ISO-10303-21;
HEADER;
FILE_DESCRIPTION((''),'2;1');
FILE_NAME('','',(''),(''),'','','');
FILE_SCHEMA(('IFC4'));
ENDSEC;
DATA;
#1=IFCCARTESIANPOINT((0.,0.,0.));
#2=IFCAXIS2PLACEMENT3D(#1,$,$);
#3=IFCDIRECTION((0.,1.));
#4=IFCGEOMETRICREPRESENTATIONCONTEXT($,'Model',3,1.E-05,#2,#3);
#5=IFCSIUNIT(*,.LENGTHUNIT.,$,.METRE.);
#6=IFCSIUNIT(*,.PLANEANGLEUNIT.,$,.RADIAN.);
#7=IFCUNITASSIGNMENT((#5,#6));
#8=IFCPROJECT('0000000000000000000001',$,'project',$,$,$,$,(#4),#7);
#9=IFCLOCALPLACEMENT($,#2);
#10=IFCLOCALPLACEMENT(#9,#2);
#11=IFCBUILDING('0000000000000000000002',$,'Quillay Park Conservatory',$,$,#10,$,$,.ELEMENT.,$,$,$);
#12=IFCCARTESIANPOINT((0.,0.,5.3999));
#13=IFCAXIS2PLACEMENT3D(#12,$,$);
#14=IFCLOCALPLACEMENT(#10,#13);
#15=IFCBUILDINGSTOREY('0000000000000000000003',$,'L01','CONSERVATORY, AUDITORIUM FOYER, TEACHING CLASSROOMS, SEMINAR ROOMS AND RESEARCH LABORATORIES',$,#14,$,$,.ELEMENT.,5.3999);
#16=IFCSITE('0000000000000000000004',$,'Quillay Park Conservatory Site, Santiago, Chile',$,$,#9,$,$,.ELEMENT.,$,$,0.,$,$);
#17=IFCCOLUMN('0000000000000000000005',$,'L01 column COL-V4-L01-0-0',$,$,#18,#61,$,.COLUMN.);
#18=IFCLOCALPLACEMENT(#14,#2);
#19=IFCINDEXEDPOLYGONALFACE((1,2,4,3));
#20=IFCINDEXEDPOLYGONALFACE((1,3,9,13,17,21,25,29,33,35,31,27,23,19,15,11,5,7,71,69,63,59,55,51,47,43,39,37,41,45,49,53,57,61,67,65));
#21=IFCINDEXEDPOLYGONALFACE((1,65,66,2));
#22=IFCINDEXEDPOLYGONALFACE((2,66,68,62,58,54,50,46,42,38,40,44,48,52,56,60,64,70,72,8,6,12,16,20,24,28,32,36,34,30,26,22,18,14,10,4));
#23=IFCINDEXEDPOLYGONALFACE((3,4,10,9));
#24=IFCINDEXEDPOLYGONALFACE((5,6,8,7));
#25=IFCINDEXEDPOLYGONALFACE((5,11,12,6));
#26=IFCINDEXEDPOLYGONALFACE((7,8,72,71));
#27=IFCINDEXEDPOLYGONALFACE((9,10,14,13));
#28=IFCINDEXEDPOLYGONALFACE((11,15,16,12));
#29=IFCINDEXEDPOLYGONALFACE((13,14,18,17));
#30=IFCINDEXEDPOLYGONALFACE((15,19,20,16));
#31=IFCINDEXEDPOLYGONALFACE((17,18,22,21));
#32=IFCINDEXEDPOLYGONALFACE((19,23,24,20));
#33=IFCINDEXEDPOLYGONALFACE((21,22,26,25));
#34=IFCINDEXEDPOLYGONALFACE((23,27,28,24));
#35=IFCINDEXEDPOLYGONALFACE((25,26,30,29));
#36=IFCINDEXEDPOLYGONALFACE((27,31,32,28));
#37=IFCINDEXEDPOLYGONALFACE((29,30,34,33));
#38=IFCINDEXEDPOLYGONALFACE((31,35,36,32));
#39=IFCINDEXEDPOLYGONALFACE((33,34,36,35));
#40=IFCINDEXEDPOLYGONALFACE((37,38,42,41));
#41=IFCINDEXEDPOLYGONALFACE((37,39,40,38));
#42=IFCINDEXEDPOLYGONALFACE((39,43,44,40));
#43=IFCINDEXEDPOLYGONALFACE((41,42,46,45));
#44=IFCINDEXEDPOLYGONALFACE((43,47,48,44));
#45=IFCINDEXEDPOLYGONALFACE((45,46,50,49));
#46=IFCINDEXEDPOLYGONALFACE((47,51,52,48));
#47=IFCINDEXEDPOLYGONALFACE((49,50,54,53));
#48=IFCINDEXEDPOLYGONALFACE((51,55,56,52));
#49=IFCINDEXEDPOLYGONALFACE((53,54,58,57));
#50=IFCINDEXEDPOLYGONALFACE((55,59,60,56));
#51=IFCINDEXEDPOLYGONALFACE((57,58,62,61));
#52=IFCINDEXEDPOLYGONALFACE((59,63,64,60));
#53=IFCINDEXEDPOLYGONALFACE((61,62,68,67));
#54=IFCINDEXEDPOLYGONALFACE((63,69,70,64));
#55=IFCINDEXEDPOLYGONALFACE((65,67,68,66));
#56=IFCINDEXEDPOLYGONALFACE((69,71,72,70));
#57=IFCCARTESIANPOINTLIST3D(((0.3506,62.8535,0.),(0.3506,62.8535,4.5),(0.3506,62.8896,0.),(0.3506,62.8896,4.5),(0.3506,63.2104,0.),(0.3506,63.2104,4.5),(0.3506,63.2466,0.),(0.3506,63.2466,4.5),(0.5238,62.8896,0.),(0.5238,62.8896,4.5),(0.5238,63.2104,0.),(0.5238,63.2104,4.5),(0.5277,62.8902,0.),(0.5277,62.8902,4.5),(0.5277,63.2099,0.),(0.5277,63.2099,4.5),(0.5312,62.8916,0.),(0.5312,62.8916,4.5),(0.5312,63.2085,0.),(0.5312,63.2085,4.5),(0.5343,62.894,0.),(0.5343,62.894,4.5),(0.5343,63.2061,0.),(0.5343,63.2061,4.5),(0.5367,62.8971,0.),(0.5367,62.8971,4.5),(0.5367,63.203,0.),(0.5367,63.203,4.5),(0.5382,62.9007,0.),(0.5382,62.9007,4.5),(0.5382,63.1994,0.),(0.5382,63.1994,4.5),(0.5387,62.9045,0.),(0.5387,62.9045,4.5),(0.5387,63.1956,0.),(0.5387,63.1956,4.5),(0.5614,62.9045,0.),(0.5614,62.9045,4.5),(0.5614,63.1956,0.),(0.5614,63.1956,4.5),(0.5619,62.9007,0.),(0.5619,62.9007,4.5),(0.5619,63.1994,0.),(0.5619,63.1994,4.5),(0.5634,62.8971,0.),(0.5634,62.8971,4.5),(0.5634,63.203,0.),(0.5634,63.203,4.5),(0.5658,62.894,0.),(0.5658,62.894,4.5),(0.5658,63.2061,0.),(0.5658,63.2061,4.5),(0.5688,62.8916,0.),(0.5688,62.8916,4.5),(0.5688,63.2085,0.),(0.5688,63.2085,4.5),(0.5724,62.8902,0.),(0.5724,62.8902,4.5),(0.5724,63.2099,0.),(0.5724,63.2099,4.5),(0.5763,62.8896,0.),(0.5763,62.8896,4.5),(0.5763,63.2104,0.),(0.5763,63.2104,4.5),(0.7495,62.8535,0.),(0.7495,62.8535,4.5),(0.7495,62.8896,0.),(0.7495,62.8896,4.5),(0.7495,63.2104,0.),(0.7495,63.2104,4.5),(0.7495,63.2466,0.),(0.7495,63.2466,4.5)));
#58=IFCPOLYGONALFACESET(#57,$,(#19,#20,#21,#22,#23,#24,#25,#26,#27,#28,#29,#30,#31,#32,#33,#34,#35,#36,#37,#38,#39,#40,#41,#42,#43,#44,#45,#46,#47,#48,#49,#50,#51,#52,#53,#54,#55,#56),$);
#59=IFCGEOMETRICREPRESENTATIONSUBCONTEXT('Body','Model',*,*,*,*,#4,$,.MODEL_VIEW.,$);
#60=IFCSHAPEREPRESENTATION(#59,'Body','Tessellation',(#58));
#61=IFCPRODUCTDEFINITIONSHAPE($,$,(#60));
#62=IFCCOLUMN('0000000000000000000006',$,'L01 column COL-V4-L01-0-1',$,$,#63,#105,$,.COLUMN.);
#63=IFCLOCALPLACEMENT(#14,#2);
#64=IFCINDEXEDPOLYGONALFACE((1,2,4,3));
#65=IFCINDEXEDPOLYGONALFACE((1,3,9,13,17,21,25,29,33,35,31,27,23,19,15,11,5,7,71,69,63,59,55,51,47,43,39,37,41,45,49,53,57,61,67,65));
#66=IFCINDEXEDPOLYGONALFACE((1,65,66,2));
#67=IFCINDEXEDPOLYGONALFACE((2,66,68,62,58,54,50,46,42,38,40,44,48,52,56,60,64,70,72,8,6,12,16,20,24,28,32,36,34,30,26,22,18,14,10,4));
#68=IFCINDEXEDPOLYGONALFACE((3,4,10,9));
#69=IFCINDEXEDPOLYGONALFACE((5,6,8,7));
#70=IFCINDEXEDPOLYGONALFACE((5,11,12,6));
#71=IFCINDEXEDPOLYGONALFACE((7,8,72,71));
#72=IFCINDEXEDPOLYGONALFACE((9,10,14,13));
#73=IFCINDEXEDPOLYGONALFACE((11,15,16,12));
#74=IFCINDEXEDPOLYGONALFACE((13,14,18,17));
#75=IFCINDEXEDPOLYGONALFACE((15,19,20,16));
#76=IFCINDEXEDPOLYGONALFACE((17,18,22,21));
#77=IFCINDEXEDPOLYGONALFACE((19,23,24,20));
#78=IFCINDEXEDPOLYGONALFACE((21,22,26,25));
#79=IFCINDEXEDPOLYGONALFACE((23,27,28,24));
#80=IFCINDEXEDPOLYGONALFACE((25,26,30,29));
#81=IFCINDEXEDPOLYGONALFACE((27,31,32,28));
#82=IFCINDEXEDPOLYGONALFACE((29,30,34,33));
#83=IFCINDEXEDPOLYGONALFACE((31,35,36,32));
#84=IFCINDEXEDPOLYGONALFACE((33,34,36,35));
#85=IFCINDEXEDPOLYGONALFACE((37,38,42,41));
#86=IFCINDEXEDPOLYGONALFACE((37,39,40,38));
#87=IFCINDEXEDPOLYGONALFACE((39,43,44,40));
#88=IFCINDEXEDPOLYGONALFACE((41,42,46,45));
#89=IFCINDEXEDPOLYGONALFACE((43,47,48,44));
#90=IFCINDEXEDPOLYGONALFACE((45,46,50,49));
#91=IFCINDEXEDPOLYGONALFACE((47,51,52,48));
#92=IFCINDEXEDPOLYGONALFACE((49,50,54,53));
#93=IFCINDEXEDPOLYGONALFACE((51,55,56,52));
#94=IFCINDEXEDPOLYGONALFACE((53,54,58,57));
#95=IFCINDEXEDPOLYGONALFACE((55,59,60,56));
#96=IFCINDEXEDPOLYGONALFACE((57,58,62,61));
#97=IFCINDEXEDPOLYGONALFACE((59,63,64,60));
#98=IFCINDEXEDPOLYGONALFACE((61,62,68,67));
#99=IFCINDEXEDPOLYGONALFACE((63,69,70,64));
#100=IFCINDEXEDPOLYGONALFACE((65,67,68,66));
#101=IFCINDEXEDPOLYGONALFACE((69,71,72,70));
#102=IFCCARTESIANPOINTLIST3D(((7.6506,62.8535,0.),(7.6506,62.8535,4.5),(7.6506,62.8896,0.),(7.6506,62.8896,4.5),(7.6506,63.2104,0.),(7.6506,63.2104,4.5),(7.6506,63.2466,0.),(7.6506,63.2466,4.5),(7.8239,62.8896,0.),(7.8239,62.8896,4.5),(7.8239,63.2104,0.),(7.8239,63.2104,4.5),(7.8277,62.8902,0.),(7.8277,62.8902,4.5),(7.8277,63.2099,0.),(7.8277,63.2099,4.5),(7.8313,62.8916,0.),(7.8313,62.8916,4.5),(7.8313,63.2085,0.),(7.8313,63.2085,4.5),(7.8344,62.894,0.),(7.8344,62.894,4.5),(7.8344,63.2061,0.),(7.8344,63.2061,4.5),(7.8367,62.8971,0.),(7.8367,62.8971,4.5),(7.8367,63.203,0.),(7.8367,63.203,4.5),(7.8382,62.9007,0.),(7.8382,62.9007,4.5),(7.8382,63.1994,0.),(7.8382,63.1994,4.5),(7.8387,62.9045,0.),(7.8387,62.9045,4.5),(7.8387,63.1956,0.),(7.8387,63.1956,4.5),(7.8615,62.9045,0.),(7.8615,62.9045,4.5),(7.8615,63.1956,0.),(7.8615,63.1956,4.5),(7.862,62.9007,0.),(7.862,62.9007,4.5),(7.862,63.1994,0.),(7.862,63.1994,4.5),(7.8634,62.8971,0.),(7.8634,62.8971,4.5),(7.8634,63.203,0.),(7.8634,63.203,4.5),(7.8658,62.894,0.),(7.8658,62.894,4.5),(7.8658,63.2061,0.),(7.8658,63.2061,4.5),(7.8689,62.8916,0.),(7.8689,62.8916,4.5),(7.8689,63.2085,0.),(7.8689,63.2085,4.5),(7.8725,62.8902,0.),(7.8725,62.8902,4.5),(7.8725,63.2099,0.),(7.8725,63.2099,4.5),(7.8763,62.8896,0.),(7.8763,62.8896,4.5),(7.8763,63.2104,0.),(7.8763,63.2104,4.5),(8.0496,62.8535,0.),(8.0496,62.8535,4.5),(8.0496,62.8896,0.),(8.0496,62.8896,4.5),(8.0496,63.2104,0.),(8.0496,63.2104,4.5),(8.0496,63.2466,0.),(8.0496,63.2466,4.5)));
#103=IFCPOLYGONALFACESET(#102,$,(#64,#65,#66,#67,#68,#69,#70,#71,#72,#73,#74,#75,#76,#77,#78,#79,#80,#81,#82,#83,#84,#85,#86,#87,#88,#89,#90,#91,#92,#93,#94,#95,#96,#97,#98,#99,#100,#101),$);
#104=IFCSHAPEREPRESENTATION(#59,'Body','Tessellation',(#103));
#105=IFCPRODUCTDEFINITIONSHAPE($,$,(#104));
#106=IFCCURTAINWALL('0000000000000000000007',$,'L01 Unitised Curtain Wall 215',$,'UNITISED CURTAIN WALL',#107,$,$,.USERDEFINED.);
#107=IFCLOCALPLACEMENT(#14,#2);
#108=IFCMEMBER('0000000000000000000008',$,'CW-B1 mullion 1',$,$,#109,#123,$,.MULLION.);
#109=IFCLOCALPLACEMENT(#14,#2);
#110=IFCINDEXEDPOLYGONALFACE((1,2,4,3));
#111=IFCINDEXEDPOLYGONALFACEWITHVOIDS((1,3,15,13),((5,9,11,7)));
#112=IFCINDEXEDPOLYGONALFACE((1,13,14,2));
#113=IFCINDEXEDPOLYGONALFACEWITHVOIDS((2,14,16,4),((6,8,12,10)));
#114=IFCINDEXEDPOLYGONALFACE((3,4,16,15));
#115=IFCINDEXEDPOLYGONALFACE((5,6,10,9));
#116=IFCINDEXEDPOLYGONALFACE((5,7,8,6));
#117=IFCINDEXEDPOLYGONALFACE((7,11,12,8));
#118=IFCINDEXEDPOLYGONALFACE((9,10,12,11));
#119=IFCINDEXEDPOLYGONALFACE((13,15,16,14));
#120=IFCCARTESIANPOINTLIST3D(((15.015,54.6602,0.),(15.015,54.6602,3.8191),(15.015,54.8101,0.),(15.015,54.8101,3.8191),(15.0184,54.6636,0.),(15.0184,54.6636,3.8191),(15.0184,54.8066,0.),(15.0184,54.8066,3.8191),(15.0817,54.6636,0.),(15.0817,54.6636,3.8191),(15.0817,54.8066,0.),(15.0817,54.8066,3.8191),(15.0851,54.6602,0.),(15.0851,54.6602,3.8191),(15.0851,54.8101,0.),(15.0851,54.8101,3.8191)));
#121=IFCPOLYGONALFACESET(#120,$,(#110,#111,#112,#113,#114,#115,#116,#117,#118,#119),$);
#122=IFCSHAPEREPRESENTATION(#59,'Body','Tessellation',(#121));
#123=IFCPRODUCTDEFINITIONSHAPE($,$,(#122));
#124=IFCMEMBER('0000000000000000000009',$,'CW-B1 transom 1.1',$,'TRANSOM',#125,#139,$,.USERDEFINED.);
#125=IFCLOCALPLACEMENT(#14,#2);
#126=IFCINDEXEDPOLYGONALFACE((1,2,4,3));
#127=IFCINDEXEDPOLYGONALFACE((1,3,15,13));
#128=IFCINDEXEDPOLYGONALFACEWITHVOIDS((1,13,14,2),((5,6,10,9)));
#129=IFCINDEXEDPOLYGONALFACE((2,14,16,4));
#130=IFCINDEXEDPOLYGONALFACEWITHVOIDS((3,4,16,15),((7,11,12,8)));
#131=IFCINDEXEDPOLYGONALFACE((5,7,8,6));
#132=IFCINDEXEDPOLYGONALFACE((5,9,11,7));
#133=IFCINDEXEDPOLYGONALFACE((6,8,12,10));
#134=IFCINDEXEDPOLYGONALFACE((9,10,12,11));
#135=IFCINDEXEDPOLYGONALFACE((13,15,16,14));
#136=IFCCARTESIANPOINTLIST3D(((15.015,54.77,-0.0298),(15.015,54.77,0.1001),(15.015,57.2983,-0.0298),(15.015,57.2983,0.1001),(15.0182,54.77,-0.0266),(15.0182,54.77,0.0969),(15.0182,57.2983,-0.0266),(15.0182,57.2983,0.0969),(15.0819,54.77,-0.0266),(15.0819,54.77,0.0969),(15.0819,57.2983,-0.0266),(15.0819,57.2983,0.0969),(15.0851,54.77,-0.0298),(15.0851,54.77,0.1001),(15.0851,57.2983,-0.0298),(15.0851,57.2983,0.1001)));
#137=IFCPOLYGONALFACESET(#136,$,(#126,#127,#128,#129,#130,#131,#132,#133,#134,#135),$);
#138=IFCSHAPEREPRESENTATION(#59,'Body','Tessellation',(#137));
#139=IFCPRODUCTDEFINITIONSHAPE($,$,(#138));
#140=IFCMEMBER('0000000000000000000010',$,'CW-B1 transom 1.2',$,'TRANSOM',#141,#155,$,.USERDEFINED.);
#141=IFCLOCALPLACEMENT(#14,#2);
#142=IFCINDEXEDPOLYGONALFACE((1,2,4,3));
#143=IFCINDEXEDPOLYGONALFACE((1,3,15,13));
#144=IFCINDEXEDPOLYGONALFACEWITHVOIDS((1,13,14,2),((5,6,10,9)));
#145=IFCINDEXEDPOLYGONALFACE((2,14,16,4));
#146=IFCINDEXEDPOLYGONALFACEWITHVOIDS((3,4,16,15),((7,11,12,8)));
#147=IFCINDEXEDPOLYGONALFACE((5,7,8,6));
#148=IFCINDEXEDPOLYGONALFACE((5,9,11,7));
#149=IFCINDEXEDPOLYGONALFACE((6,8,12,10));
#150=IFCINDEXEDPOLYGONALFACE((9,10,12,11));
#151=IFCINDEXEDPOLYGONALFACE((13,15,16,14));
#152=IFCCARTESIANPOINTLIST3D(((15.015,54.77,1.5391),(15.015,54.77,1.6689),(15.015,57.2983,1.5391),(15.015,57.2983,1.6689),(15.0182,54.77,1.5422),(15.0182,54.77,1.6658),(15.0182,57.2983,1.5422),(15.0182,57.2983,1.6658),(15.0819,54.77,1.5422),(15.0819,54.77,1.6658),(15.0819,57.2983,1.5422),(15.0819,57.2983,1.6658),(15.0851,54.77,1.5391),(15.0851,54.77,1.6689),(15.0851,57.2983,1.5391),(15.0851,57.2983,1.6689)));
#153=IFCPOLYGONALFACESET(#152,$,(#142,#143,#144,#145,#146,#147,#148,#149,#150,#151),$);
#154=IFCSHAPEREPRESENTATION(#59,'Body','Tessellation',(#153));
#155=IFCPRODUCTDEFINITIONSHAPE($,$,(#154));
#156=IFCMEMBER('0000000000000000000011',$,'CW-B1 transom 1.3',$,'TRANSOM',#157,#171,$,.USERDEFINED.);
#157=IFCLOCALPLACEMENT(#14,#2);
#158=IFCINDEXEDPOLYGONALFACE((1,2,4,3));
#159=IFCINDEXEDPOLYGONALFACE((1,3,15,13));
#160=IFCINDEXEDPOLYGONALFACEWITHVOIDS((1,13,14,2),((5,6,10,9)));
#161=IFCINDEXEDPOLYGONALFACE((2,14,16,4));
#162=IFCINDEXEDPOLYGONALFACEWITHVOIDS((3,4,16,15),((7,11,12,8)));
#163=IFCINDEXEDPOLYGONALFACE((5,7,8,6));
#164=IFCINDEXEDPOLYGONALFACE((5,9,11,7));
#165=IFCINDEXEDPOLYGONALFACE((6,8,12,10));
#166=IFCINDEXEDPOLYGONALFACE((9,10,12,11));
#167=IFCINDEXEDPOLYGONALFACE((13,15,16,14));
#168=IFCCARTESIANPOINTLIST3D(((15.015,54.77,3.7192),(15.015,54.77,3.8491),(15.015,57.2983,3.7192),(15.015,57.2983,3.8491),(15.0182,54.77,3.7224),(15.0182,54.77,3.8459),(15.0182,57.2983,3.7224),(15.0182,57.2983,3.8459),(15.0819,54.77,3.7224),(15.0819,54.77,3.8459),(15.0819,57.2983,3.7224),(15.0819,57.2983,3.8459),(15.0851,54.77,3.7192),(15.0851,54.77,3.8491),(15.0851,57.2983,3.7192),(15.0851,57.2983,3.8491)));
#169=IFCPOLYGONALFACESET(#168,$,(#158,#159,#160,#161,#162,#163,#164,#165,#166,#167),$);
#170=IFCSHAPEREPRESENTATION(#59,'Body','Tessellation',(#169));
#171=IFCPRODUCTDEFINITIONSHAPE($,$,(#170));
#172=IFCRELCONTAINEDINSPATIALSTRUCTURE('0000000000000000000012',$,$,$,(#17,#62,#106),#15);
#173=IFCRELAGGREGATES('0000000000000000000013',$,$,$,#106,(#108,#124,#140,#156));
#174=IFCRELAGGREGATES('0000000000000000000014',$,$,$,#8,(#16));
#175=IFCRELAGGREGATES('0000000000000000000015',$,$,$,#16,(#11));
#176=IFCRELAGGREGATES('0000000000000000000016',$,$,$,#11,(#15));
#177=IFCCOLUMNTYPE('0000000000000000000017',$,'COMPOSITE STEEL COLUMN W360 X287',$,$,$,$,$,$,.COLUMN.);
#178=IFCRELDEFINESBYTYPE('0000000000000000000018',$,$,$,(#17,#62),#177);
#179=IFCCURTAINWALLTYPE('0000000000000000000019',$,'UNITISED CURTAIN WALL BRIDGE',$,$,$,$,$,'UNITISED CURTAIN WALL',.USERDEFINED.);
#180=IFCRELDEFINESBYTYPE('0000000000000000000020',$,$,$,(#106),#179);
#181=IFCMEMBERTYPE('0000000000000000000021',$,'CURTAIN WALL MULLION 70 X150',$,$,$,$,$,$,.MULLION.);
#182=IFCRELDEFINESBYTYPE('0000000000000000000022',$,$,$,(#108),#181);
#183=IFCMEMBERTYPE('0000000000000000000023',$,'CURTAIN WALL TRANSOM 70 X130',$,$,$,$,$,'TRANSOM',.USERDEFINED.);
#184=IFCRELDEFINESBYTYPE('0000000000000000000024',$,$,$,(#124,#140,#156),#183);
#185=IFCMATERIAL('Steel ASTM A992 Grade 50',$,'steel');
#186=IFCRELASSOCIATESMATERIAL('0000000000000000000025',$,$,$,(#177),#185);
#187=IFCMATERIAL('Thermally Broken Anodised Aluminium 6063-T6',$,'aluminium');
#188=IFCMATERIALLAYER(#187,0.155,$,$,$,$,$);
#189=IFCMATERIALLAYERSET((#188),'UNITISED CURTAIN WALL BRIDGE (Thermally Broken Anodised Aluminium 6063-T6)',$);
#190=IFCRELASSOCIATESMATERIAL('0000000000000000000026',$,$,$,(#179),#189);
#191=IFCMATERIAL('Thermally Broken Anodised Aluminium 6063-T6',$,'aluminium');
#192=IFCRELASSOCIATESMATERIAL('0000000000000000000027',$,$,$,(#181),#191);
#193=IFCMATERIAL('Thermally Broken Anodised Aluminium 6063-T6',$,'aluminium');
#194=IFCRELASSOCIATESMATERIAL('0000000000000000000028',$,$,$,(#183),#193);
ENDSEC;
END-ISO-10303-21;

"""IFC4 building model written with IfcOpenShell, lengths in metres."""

from ifc_helpers import new_model, si_unit, direction, frame, origin, origin_2d, place, context, subcontext, project, spatial, hollow_rectangle, i_section, extrude, material, layer, layer_set, material_profile, profile_set, type_object, element, aggregate, save


model = new_model("IFC4")

# Units and contexts
model_context = context("Model", 3, precision=1e-05, world=origin(), true_north=direction((0.0, 1.0)))
body_context = subcontext(model_context, "Body", "Model", "MODEL_VIEW")
ifc_project = project(units=[si_unit("LENGTHUNIT", "METRE"), si_unit("PLANEANGLEUNIT", "RADIAN")], contexts=[model_context])

# Site, building, storey
site_placement = place(None, origin())
site = spatial("IfcSite", under=ifc_project, at=site_placement, Name="Quillay Park Conservatory Site, Santiago, Chile", CompositionType="ELEMENT", RefElevation=0.0)
building_placement = place(site_placement, origin())
building = spatial("IfcBuilding", under=site, at=building_placement, Name="Quillay Park Conservatory", CompositionType="ELEMENT")
storey_placement = place(building_placement, frame((0.0, 0.0, 5.3999)))
storey = spatial("IfcBuildingStorey", under=building, at=storey_placement, Name="L01", Description="CONSERVATORY, AUDITORIUM FOYER, TEACHING CLASSROOMS, SEMINAR ROOMS AND RESEARCH LABORATORIES", CompositionType="ELEMENT", Elevation=5.3999)

# Columns
ifc_material_1 = material(Name="Steel ASTM A992 Grade 50", Category="steel")
ifc_material_profile_1 = material_profile(ifc_material_1, i_section(OverallWidth=0.3989, OverallDepth=0.3931, WebThickness=0.0227, FlangeThickness=0.0361, FilletRadius=0.0149, at=origin_2d()), Name="W360x287")
ifc_profile_set_1 = profile_set([ifc_material_profile_1], Name="Steel ASTM A992 Grade 50")
column_type_1 = type_object("IfcColumnType", Name="COMPOSITE STEEL COLUMN W360 X287", PredefinedType="COLUMN", material=ifc_profile_set_1)
for number, where, z_axis, x_axis, name in (
    (1, (0.55, 63.05, 0.0), (0.0, 0.0, 1.0), (1.0, 0.0, 0.0), "L01 column COL-V4-L01-0-0"),
    (2, (7.8501, 63.05, 0.0), (0.0, 0.0, 1.0), (1.0, 0.0, 0.0), "L01 column COL-V4-L01-0-1"),
):
    element("IfcColumn", number, at=place(storey_placement, frame(where, z_axis=z_axis, x_axis=x_axis)), inside=storey, type_object=column_type_1, Name=name, PredefinedType="COLUMN", context=body_context, shape_type="SweptSolid", body=[
        extrude(i_section(OverallWidth=0.3989, OverallDepth=0.3931, WebThickness=0.0227, FlangeThickness=0.0361, FilletRadius=0.0149, at=origin_2d()), origin(), (0.0, 0.0, 1.0), 4.5),
    ])

# Curtain wall, members
ifc_material_2 = material(Name="Thermally Broken Anodised Aluminium 6063-T6", Category="aluminium")
ifc_layer_1 = layer(ifc_material_2, 0.155)
ifc_layer_set_1 = layer_set([ifc_layer_1], Name="UNITISED CURTAIN WALL BRIDGE (Thermally Broken Anodised Aluminium 6063-T6)")
curtain_wall_type = type_object("IfcCurtainWallType", Name="UNITISED CURTAIN WALL BRIDGE", ElementType="UNITISED CURTAIN WALL", PredefinedType="USERDEFINED", material=ifc_layer_set_1)
curtain_wall_placement = place(storey_placement, origin())
curtain_wall = element("IfcCurtainWall", 3, at=curtain_wall_placement, inside=storey, type_object=curtain_wall_type, Name="L01 Unitised Curtain Wall 215", ObjectType="UNITISED CURTAIN WALL", PredefinedType="USERDEFINED")
ifc_material_3 = material(Name="Thermally Broken Anodised Aluminium 6063-T6", Category="aluminium")
ifc_material_profile_2 = material_profile(ifc_material_3, hollow_rectangle(XDim=0.0701, YDim=0.1499, WallThickness=0.0034, at=origin_2d()), Name="AL70x150x3.5")
ifc_profile_set_2 = profile_set([ifc_material_profile_2], Name="Thermally Broken Anodised Aluminium 6063-T6")
member_type_1 = type_object("IfcMemberType", Name="CURTAIN WALL MULLION 70 X150", PredefinedType="MULLION", material=ifc_profile_set_2)
member_1_placement = place(storey_placement, frame((15.05, 54.7351, 0.0), z_axis=(0.0, 0.0, 1.0), x_axis=(-1.0, 0.0, 0.0)))
member_1 = element("IfcMember", 4, at=member_1_placement, type_object=member_type_1, Name="CW-B1 mullion 1", PredefinedType="MULLION", context=body_context, shape_type="SweptSolid", body=[
    extrude(hollow_rectangle(XDim=0.0701, YDim=0.1499, WallThickness=0.0034, at=origin_2d()), origin(), (0.0, 0.0, 1.0), 3.8191),
])
ifc_material_4 = material(Name="Thermally Broken Anodised Aluminium 6063-T6", Category="aluminium")
ifc_material_profile_3 = material_profile(ifc_material_4, hollow_rectangle(XDim=0.0701, YDim=0.1299, WallThickness=0.0032, at=origin_2d()), Name="AL70x130x3.2")
ifc_profile_set_3 = profile_set([ifc_material_profile_3], Name="Thermally Broken Anodised Aluminium 6063-T6")
member_type_2 = type_object("IfcMemberType", Name="CURTAIN WALL TRANSOM 70 X130", ElementType="TRANSOM", PredefinedType="USERDEFINED", material=ifc_profile_set_3)
member_2_placement = place(storey_placement, frame((15.05, 54.77, 0.0352), z_axis=(0.0, 1.0, 0.0), x_axis=(-1.0, 0.0, 0.0)))
member_2 = element("IfcMember", 5, at=member_2_placement, type_object=member_type_2, Name="CW-B1 transom 1.1", ObjectType="TRANSOM", PredefinedType="USERDEFINED", context=body_context, shape_type="SweptSolid", body=[
    extrude(hollow_rectangle(XDim=0.0701, YDim=0.1299, WallThickness=0.0032, at=origin_2d()), origin(), (0.0, 0.0, 1.0), 2.5283),
])
member_3_placement = place(storey_placement, frame((15.05, 54.77, 1.604), z_axis=(0.0, 1.0, 0.0), x_axis=(-1.0, 0.0, 0.0)))
member_3 = element("IfcMember", 6, at=member_3_placement, type_object=member_type_2, Name="CW-B1 transom 1.2", ObjectType="TRANSOM", PredefinedType="USERDEFINED", context=body_context, shape_type="SweptSolid", body=[
    extrude(hollow_rectangle(XDim=0.0701, YDim=0.1299, WallThickness=0.0032, at=origin_2d()), origin(), (0.0, 0.0, 1.0), 2.5283),
])
member_4_placement = place(storey_placement, frame((15.05, 54.77, 3.7842), z_axis=(0.0, 1.0, 0.0), x_axis=(-1.0, 0.0, 0.0)))
member_4 = element("IfcMember", 7, at=member_4_placement, type_object=member_type_2, Name="CW-B1 transom 1.3", ObjectType="TRANSOM", PredefinedType="USERDEFINED", context=body_context, shape_type="SweptSolid", body=[
    extrude(hollow_rectangle(XDim=0.0701, YDim=0.1299, WallThickness=0.0032, at=origin_2d()), origin(), (0.0, 0.0, 1.0), 2.5283),
])
aggregate(curtain_wall, [member_1, member_2, member_3, member_4])

save(model, "model.ifc")
